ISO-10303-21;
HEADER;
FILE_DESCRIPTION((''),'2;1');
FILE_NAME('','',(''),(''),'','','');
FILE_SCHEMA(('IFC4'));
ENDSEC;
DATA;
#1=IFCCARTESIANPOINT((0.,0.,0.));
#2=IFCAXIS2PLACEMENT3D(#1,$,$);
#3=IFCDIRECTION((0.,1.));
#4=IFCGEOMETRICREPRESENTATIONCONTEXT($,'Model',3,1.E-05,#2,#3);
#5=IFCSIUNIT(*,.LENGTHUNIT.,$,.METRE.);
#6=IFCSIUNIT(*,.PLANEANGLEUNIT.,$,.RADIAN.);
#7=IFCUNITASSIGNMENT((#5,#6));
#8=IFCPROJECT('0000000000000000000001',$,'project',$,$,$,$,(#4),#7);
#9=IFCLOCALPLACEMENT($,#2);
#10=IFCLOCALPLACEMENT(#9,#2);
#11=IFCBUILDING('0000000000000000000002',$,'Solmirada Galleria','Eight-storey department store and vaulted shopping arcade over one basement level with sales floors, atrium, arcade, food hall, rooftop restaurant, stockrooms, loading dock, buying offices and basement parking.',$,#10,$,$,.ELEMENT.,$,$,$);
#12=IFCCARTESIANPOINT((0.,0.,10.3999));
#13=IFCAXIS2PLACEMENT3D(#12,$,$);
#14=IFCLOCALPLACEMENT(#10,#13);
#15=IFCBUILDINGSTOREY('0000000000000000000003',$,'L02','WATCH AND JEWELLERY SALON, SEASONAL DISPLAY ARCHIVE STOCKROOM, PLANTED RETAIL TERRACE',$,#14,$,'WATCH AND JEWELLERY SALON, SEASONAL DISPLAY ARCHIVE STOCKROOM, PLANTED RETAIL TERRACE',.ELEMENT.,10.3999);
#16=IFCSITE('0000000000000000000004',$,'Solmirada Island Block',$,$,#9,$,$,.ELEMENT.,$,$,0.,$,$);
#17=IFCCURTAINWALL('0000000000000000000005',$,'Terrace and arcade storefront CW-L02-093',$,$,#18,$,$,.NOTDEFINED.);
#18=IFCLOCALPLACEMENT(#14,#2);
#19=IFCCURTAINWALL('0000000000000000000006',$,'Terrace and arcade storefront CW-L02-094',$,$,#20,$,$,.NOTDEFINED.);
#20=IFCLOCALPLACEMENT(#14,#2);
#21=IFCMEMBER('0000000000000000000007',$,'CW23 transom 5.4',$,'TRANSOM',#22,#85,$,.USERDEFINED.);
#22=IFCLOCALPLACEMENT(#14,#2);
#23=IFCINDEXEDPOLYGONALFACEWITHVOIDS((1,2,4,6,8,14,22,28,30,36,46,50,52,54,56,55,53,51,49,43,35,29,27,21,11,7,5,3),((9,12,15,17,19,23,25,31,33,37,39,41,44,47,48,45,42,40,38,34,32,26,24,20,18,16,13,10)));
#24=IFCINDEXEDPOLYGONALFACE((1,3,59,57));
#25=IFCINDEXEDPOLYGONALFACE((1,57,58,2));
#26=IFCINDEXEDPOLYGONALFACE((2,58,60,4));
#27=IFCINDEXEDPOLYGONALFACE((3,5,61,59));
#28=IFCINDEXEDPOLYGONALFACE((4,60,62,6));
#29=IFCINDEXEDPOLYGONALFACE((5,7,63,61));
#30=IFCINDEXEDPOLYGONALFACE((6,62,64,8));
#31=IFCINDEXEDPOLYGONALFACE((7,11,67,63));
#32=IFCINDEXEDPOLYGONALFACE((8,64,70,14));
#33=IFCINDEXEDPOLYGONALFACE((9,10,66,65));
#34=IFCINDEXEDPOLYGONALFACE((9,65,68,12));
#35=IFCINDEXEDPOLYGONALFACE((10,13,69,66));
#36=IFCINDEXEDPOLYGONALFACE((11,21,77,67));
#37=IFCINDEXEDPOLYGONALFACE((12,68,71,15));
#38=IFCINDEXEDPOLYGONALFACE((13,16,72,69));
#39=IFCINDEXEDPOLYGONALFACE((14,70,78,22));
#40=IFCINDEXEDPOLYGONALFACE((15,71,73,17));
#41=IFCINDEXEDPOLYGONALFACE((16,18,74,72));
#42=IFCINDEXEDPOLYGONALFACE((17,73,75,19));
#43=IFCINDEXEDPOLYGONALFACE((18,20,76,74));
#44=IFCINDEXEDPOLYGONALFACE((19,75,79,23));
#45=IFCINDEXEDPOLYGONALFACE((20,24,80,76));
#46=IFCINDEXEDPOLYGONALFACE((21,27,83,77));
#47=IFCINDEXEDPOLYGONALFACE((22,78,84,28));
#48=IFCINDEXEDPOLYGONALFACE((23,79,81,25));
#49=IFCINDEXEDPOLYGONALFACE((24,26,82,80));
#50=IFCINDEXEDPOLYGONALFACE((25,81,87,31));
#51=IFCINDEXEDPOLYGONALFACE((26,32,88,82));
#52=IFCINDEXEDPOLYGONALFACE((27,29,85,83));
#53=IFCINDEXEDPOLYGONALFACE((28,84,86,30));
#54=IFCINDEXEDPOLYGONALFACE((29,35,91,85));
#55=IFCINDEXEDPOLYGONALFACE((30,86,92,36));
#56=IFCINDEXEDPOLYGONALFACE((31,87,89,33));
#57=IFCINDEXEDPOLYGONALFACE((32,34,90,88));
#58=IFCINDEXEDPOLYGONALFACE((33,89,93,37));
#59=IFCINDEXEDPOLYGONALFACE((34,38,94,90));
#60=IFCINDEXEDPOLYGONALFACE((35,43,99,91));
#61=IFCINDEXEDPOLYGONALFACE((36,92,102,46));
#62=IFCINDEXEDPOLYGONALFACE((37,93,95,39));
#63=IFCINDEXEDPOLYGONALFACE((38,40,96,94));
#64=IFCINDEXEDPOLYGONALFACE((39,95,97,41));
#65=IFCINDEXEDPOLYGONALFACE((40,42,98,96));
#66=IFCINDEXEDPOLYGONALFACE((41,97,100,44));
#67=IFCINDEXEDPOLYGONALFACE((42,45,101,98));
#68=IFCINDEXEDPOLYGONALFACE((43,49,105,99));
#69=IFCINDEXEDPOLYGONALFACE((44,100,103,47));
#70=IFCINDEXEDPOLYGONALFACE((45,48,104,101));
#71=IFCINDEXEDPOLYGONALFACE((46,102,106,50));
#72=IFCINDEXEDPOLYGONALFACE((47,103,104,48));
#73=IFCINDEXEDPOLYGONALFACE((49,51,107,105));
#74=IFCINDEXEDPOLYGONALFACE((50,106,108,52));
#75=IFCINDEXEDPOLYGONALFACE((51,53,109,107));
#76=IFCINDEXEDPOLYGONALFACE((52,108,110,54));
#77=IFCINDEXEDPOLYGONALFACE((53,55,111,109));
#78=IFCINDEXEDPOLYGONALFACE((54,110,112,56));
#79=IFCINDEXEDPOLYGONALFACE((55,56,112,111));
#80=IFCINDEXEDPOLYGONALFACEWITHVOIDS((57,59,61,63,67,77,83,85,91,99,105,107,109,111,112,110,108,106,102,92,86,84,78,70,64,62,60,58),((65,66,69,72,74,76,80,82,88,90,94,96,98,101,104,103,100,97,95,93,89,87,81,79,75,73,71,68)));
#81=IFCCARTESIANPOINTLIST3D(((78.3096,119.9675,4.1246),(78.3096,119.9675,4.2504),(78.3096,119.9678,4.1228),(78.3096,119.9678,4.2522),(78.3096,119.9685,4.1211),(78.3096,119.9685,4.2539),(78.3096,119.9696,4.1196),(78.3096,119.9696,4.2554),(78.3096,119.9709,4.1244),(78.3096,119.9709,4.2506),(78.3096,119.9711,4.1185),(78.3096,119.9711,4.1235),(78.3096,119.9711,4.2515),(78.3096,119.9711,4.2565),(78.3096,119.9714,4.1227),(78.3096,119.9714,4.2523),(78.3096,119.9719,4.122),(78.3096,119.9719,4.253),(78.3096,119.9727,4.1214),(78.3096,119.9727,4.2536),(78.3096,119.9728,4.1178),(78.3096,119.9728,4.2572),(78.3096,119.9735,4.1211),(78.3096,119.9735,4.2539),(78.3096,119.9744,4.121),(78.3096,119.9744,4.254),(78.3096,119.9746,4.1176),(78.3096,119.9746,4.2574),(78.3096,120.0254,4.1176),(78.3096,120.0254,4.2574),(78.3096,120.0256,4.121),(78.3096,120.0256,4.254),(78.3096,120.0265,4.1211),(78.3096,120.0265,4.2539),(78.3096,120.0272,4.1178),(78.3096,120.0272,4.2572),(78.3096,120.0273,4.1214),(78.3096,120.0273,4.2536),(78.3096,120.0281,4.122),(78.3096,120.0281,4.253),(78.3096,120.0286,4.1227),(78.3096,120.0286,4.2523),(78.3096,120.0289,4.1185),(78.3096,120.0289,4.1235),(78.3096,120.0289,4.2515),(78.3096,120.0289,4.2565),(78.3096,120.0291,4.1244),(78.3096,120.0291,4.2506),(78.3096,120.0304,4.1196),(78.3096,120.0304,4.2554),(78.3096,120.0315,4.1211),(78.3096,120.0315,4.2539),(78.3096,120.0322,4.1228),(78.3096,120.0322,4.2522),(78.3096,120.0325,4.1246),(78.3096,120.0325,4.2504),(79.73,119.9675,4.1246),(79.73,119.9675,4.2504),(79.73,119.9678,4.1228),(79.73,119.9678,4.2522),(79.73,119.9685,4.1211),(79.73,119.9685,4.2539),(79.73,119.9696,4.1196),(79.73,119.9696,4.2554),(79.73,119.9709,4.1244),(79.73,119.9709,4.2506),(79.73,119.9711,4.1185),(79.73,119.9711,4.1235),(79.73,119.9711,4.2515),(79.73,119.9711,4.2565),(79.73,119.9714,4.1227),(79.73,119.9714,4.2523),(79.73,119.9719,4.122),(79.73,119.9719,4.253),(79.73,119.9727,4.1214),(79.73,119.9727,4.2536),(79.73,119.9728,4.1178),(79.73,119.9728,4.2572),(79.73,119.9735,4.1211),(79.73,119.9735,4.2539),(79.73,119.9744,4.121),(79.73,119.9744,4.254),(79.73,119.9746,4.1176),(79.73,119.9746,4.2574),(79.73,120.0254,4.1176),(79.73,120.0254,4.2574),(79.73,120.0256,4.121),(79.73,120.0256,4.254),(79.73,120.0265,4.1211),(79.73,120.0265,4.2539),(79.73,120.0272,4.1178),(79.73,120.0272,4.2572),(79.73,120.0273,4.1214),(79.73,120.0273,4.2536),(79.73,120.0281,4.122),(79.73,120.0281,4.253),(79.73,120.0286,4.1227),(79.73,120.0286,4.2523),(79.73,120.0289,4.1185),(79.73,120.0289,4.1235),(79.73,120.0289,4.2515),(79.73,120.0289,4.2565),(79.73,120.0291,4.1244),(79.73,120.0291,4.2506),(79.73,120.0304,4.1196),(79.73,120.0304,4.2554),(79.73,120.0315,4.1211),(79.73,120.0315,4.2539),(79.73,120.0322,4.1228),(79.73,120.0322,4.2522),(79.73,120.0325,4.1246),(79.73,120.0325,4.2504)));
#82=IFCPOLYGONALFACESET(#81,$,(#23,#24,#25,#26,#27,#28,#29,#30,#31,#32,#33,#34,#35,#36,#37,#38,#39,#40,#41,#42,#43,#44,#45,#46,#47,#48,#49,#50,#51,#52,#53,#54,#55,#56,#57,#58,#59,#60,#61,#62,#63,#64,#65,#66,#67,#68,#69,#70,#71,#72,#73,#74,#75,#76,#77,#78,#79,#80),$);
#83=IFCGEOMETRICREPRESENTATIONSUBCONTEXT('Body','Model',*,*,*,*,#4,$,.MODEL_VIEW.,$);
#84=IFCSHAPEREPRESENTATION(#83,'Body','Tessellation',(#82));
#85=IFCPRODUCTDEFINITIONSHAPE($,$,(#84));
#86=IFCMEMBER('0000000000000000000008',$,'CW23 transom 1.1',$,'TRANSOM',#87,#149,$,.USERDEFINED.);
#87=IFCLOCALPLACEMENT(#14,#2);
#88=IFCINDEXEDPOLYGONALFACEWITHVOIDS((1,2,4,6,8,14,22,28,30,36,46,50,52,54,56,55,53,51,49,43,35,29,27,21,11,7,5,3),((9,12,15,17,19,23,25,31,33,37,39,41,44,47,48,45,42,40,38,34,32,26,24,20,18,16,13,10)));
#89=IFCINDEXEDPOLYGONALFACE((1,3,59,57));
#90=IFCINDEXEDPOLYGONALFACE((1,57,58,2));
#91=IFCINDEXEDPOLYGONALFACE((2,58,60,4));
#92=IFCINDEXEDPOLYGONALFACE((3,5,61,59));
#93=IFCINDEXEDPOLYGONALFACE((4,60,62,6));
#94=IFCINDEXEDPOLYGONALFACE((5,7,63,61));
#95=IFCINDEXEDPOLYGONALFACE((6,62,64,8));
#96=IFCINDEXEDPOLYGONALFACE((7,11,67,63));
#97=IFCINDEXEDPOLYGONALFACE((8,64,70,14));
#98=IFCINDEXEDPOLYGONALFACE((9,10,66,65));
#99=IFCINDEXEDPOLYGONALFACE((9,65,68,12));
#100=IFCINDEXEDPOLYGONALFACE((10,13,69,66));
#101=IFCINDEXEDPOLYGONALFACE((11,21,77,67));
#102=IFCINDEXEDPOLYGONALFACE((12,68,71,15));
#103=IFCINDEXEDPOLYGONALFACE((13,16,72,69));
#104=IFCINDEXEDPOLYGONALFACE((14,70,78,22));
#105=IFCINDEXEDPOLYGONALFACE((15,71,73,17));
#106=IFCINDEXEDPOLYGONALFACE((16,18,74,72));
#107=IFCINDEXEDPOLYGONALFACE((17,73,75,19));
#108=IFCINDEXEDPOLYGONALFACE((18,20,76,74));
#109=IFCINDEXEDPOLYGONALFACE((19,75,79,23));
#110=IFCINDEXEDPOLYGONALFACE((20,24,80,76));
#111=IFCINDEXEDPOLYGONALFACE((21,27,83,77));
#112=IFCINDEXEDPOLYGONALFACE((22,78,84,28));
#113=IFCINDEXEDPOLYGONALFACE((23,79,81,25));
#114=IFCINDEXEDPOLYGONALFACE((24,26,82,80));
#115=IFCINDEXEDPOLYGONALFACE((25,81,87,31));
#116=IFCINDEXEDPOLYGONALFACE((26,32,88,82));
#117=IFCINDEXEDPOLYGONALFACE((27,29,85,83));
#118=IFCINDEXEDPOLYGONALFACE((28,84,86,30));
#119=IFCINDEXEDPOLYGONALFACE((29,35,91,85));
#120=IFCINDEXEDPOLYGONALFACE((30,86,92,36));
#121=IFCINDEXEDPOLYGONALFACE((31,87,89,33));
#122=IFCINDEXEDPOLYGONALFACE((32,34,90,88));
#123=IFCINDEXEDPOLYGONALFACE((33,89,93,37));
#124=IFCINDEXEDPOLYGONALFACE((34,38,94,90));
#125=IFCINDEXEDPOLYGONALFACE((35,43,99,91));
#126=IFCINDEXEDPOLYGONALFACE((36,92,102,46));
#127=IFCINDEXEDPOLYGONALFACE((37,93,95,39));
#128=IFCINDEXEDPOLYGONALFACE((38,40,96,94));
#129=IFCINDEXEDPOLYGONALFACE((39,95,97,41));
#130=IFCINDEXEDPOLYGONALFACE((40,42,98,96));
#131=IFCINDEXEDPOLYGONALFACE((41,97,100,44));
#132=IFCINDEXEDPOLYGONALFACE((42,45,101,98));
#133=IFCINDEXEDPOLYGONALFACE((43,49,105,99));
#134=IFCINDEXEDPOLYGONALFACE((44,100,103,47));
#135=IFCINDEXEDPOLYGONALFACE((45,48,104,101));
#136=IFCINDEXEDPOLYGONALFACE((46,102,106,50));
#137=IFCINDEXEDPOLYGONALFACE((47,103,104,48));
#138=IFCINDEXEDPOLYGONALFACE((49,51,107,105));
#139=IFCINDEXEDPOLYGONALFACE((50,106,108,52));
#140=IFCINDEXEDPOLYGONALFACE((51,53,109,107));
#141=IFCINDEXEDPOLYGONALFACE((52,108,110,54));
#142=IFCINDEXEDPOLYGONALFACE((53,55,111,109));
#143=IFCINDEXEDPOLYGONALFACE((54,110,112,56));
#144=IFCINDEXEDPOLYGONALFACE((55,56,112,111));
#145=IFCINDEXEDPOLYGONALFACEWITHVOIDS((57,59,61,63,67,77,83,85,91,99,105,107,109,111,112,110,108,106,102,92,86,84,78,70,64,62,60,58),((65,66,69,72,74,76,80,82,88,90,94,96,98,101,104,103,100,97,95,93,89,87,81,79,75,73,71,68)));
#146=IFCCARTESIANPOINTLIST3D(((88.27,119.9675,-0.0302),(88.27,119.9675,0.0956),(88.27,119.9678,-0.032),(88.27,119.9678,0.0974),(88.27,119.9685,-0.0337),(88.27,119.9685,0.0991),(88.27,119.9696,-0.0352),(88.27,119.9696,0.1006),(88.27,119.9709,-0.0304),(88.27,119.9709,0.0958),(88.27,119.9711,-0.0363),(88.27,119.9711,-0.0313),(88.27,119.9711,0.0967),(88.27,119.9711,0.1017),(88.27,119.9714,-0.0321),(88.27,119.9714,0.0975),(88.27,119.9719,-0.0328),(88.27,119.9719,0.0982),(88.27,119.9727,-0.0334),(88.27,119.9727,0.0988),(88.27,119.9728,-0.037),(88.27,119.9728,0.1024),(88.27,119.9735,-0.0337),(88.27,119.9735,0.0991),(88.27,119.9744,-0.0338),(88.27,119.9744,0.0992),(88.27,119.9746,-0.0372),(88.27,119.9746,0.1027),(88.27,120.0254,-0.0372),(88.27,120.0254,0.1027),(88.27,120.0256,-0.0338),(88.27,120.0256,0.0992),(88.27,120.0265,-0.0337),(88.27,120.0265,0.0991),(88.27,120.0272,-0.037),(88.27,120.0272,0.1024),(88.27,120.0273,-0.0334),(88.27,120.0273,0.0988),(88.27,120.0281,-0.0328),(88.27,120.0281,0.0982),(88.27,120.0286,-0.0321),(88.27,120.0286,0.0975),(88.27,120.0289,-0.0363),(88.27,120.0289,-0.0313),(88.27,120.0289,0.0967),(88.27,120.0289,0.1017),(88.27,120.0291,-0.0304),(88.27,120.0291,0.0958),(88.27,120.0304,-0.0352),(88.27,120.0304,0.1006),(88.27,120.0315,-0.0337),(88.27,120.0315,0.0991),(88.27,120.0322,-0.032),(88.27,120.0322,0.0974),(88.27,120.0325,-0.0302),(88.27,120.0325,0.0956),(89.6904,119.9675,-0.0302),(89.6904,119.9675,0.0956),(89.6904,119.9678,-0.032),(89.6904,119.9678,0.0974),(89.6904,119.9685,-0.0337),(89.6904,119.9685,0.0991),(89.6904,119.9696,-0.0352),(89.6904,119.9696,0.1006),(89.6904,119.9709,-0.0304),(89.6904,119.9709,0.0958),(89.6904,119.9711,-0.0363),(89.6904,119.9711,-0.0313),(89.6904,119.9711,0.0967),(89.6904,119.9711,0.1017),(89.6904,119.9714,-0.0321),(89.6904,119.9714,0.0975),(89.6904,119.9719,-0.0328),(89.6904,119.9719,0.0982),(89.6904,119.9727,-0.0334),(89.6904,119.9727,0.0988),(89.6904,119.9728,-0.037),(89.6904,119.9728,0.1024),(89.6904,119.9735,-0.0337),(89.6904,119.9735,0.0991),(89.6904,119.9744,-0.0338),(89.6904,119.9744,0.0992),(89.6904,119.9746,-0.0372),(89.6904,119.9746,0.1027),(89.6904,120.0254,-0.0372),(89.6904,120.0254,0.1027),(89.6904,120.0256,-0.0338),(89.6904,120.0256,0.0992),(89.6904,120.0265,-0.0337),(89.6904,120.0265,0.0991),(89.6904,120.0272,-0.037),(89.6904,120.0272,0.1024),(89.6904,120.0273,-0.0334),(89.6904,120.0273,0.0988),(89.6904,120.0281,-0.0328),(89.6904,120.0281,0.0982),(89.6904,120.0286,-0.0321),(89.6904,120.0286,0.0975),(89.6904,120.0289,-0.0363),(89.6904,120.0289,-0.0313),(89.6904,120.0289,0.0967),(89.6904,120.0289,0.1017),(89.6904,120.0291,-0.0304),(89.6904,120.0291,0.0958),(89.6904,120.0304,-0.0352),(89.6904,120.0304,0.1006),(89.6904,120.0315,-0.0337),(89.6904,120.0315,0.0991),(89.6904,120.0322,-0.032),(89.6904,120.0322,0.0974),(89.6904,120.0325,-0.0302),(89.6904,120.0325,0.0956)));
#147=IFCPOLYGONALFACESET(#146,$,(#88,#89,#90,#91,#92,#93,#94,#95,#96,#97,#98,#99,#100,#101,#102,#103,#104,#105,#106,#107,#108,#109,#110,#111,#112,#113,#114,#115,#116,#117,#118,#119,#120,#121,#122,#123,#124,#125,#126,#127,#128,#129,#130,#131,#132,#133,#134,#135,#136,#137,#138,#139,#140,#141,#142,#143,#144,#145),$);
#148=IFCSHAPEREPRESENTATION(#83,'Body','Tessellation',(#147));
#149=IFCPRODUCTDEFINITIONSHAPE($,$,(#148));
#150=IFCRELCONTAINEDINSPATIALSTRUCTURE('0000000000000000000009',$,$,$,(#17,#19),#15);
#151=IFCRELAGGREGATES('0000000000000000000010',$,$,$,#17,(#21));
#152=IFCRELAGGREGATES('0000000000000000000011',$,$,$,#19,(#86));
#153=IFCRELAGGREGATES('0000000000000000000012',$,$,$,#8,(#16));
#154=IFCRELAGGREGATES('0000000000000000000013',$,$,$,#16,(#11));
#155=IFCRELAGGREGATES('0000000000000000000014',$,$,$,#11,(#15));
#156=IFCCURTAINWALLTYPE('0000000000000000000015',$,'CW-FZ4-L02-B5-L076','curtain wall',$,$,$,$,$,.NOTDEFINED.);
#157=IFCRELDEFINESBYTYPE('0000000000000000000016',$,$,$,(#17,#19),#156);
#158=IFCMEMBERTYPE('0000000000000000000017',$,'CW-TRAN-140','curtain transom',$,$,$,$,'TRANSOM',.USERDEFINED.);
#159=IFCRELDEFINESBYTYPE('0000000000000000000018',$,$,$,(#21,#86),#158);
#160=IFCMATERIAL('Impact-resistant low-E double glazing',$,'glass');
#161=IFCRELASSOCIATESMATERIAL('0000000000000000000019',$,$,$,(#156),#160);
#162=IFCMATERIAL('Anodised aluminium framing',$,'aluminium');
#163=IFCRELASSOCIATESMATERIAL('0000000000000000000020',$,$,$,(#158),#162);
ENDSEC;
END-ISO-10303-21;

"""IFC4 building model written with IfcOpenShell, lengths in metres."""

from ifc_helpers import new_model, si_unit, direction, frame, origin, origin_2d, place, context, subcontext, project, spatial, hollow_rectangle, extrude, material, material_profile, profile_set, type_object, element, aggregate, save


model = new_model("IFC4")

# Units and contexts
model_context = context("Model", 3, precision=1e-05, world=origin(), true_north=direction((0.0, 1.0)))
body_context = subcontext(model_context, "Body", "Model", "MODEL_VIEW")
ifc_project = project(units=[si_unit("LENGTHUNIT", "METRE"), si_unit("PLANEANGLEUNIT", "RADIAN")], contexts=[model_context])

# Site, building, storey
site_placement = place(None, origin())
site = spatial("IfcSite", under=ifc_project, at=site_placement, Name="Solmirada Island Block", CompositionType="ELEMENT", RefElevation=0.0)
building_placement = place(site_placement, origin())
building = spatial("IfcBuilding", under=site, at=building_placement, Name="Solmirada Galleria", Description="Eight-storey department store and vaulted shopping arcade over one basement level with sales floors, atrium, arcade, food hall, rooftop restaurant, stockrooms, loading dock, buying offices and basement parking.", CompositionType="ELEMENT")
storey_placement = place(building_placement, frame((0.0, 0.0, 10.3999)))
storey = spatial("IfcBuildingStorey", under=building, at=storey_placement, Name="L02", Description="WATCH AND JEWELLERY SALON, SEASONAL DISPLAY ARCHIVE STOCKROOM, PLANTED RETAIL TERRACE", LongName="WATCH AND JEWELLERY SALON, SEASONAL DISPLAY ARCHIVE STOCKROOM, PLANTED RETAIL TERRACE", CompositionType="ELEMENT", Elevation=10.3999)

# Curtain walls
ifc_material_1 = material(Name="Impact-resistant low-E double glazing", Category="glass")
curtain_wall_type = type_object("IfcCurtainWallType", Name="CW-FZ4-L02-B5-L076", Description="curtain wall", PredefinedType="NOTDEFINED", material=ifc_material_1)
curtain_wall_1_placement = place(storey_placement, origin())
curtain_wall_1 = element("IfcCurtainWall", 1, at=curtain_wall_1_placement, inside=storey, type_object=curtain_wall_type, Name="Terrace and arcade storefront CW-L02-093", PredefinedType="NOTDEFINED")
ifc_material_2 = material(Name="Anodised aluminium framing", Category="aluminium")
curtain_wall_2_placement = place(storey_placement, origin())
curtain_wall_2 = element("IfcCurtainWall", 2, at=curtain_wall_2_placement, inside=storey, type_object=curtain_wall_type, Name="Terrace and arcade storefront CW-L02-094", PredefinedType="NOTDEFINED")

# Members
ifc_material_profile_1 = material_profile(ifc_material_2, hollow_rectangle(XDim=0.0649, YDim=0.1399, WallThickness=0.0034, InnerFilletRadius=0.0034, OuterFilletRadius=0.0071, at=origin_2d()), Name="ALU-TRAN-140X65")
ifc_profile_set_1 = profile_set([ifc_material_profile_1], Name="Anodised aluminium framing")
member_type_1 = type_object("IfcMemberType", Name="CW-TRAN-140", Description="curtain transom", ElementType="TRANSOM", PredefinedType="USERDEFINED", material=ifc_profile_set_1)
member_1_placement = place(storey_placement, frame((78.3096, 120.0, 4.1875), z_axis=(1.0, 0.0, 0.0), x_axis=(0.0, 1.0, 0.0)))
member_1 = element("IfcMember", 3, at=member_1_placement, type_object=member_type_1, Name="CW23 transom 5.4", ObjectType="TRANSOM", PredefinedType="USERDEFINED", context=body_context, shape_type="SweptSolid", body=[
    extrude(hollow_rectangle(XDim=0.0649, YDim=0.1399, WallThickness=0.0034, InnerFilletRadius=0.0034, OuterFilletRadius=0.0071, at=origin_2d()), origin(), (0.0, 0.0, 1.0), 1.4204),
])
member_2_placement = place(storey_placement, frame((88.27, 120.0, 0.0327), z_axis=(1.0, 0.0, 0.0), x_axis=(0.0, 1.0, 0.0)))
member_2 = element("IfcMember", 4, at=member_2_placement, type_object=member_type_1, Name="CW23 transom 1.1", ObjectType="TRANSOM", PredefinedType="USERDEFINED", context=body_context, shape_type="SweptSolid", body=[
    extrude(hollow_rectangle(XDim=0.0649, YDim=0.1399, WallThickness=0.0034, InnerFilletRadius=0.0034, OuterFilletRadius=0.0071, at=origin_2d()), origin(), (0.0, 0.0, 1.0), 1.4204),
])

aggregate(curtain_wall_1, [member_1])
aggregate(curtain_wall_2, [member_2])

save(model, "model.ifc")
